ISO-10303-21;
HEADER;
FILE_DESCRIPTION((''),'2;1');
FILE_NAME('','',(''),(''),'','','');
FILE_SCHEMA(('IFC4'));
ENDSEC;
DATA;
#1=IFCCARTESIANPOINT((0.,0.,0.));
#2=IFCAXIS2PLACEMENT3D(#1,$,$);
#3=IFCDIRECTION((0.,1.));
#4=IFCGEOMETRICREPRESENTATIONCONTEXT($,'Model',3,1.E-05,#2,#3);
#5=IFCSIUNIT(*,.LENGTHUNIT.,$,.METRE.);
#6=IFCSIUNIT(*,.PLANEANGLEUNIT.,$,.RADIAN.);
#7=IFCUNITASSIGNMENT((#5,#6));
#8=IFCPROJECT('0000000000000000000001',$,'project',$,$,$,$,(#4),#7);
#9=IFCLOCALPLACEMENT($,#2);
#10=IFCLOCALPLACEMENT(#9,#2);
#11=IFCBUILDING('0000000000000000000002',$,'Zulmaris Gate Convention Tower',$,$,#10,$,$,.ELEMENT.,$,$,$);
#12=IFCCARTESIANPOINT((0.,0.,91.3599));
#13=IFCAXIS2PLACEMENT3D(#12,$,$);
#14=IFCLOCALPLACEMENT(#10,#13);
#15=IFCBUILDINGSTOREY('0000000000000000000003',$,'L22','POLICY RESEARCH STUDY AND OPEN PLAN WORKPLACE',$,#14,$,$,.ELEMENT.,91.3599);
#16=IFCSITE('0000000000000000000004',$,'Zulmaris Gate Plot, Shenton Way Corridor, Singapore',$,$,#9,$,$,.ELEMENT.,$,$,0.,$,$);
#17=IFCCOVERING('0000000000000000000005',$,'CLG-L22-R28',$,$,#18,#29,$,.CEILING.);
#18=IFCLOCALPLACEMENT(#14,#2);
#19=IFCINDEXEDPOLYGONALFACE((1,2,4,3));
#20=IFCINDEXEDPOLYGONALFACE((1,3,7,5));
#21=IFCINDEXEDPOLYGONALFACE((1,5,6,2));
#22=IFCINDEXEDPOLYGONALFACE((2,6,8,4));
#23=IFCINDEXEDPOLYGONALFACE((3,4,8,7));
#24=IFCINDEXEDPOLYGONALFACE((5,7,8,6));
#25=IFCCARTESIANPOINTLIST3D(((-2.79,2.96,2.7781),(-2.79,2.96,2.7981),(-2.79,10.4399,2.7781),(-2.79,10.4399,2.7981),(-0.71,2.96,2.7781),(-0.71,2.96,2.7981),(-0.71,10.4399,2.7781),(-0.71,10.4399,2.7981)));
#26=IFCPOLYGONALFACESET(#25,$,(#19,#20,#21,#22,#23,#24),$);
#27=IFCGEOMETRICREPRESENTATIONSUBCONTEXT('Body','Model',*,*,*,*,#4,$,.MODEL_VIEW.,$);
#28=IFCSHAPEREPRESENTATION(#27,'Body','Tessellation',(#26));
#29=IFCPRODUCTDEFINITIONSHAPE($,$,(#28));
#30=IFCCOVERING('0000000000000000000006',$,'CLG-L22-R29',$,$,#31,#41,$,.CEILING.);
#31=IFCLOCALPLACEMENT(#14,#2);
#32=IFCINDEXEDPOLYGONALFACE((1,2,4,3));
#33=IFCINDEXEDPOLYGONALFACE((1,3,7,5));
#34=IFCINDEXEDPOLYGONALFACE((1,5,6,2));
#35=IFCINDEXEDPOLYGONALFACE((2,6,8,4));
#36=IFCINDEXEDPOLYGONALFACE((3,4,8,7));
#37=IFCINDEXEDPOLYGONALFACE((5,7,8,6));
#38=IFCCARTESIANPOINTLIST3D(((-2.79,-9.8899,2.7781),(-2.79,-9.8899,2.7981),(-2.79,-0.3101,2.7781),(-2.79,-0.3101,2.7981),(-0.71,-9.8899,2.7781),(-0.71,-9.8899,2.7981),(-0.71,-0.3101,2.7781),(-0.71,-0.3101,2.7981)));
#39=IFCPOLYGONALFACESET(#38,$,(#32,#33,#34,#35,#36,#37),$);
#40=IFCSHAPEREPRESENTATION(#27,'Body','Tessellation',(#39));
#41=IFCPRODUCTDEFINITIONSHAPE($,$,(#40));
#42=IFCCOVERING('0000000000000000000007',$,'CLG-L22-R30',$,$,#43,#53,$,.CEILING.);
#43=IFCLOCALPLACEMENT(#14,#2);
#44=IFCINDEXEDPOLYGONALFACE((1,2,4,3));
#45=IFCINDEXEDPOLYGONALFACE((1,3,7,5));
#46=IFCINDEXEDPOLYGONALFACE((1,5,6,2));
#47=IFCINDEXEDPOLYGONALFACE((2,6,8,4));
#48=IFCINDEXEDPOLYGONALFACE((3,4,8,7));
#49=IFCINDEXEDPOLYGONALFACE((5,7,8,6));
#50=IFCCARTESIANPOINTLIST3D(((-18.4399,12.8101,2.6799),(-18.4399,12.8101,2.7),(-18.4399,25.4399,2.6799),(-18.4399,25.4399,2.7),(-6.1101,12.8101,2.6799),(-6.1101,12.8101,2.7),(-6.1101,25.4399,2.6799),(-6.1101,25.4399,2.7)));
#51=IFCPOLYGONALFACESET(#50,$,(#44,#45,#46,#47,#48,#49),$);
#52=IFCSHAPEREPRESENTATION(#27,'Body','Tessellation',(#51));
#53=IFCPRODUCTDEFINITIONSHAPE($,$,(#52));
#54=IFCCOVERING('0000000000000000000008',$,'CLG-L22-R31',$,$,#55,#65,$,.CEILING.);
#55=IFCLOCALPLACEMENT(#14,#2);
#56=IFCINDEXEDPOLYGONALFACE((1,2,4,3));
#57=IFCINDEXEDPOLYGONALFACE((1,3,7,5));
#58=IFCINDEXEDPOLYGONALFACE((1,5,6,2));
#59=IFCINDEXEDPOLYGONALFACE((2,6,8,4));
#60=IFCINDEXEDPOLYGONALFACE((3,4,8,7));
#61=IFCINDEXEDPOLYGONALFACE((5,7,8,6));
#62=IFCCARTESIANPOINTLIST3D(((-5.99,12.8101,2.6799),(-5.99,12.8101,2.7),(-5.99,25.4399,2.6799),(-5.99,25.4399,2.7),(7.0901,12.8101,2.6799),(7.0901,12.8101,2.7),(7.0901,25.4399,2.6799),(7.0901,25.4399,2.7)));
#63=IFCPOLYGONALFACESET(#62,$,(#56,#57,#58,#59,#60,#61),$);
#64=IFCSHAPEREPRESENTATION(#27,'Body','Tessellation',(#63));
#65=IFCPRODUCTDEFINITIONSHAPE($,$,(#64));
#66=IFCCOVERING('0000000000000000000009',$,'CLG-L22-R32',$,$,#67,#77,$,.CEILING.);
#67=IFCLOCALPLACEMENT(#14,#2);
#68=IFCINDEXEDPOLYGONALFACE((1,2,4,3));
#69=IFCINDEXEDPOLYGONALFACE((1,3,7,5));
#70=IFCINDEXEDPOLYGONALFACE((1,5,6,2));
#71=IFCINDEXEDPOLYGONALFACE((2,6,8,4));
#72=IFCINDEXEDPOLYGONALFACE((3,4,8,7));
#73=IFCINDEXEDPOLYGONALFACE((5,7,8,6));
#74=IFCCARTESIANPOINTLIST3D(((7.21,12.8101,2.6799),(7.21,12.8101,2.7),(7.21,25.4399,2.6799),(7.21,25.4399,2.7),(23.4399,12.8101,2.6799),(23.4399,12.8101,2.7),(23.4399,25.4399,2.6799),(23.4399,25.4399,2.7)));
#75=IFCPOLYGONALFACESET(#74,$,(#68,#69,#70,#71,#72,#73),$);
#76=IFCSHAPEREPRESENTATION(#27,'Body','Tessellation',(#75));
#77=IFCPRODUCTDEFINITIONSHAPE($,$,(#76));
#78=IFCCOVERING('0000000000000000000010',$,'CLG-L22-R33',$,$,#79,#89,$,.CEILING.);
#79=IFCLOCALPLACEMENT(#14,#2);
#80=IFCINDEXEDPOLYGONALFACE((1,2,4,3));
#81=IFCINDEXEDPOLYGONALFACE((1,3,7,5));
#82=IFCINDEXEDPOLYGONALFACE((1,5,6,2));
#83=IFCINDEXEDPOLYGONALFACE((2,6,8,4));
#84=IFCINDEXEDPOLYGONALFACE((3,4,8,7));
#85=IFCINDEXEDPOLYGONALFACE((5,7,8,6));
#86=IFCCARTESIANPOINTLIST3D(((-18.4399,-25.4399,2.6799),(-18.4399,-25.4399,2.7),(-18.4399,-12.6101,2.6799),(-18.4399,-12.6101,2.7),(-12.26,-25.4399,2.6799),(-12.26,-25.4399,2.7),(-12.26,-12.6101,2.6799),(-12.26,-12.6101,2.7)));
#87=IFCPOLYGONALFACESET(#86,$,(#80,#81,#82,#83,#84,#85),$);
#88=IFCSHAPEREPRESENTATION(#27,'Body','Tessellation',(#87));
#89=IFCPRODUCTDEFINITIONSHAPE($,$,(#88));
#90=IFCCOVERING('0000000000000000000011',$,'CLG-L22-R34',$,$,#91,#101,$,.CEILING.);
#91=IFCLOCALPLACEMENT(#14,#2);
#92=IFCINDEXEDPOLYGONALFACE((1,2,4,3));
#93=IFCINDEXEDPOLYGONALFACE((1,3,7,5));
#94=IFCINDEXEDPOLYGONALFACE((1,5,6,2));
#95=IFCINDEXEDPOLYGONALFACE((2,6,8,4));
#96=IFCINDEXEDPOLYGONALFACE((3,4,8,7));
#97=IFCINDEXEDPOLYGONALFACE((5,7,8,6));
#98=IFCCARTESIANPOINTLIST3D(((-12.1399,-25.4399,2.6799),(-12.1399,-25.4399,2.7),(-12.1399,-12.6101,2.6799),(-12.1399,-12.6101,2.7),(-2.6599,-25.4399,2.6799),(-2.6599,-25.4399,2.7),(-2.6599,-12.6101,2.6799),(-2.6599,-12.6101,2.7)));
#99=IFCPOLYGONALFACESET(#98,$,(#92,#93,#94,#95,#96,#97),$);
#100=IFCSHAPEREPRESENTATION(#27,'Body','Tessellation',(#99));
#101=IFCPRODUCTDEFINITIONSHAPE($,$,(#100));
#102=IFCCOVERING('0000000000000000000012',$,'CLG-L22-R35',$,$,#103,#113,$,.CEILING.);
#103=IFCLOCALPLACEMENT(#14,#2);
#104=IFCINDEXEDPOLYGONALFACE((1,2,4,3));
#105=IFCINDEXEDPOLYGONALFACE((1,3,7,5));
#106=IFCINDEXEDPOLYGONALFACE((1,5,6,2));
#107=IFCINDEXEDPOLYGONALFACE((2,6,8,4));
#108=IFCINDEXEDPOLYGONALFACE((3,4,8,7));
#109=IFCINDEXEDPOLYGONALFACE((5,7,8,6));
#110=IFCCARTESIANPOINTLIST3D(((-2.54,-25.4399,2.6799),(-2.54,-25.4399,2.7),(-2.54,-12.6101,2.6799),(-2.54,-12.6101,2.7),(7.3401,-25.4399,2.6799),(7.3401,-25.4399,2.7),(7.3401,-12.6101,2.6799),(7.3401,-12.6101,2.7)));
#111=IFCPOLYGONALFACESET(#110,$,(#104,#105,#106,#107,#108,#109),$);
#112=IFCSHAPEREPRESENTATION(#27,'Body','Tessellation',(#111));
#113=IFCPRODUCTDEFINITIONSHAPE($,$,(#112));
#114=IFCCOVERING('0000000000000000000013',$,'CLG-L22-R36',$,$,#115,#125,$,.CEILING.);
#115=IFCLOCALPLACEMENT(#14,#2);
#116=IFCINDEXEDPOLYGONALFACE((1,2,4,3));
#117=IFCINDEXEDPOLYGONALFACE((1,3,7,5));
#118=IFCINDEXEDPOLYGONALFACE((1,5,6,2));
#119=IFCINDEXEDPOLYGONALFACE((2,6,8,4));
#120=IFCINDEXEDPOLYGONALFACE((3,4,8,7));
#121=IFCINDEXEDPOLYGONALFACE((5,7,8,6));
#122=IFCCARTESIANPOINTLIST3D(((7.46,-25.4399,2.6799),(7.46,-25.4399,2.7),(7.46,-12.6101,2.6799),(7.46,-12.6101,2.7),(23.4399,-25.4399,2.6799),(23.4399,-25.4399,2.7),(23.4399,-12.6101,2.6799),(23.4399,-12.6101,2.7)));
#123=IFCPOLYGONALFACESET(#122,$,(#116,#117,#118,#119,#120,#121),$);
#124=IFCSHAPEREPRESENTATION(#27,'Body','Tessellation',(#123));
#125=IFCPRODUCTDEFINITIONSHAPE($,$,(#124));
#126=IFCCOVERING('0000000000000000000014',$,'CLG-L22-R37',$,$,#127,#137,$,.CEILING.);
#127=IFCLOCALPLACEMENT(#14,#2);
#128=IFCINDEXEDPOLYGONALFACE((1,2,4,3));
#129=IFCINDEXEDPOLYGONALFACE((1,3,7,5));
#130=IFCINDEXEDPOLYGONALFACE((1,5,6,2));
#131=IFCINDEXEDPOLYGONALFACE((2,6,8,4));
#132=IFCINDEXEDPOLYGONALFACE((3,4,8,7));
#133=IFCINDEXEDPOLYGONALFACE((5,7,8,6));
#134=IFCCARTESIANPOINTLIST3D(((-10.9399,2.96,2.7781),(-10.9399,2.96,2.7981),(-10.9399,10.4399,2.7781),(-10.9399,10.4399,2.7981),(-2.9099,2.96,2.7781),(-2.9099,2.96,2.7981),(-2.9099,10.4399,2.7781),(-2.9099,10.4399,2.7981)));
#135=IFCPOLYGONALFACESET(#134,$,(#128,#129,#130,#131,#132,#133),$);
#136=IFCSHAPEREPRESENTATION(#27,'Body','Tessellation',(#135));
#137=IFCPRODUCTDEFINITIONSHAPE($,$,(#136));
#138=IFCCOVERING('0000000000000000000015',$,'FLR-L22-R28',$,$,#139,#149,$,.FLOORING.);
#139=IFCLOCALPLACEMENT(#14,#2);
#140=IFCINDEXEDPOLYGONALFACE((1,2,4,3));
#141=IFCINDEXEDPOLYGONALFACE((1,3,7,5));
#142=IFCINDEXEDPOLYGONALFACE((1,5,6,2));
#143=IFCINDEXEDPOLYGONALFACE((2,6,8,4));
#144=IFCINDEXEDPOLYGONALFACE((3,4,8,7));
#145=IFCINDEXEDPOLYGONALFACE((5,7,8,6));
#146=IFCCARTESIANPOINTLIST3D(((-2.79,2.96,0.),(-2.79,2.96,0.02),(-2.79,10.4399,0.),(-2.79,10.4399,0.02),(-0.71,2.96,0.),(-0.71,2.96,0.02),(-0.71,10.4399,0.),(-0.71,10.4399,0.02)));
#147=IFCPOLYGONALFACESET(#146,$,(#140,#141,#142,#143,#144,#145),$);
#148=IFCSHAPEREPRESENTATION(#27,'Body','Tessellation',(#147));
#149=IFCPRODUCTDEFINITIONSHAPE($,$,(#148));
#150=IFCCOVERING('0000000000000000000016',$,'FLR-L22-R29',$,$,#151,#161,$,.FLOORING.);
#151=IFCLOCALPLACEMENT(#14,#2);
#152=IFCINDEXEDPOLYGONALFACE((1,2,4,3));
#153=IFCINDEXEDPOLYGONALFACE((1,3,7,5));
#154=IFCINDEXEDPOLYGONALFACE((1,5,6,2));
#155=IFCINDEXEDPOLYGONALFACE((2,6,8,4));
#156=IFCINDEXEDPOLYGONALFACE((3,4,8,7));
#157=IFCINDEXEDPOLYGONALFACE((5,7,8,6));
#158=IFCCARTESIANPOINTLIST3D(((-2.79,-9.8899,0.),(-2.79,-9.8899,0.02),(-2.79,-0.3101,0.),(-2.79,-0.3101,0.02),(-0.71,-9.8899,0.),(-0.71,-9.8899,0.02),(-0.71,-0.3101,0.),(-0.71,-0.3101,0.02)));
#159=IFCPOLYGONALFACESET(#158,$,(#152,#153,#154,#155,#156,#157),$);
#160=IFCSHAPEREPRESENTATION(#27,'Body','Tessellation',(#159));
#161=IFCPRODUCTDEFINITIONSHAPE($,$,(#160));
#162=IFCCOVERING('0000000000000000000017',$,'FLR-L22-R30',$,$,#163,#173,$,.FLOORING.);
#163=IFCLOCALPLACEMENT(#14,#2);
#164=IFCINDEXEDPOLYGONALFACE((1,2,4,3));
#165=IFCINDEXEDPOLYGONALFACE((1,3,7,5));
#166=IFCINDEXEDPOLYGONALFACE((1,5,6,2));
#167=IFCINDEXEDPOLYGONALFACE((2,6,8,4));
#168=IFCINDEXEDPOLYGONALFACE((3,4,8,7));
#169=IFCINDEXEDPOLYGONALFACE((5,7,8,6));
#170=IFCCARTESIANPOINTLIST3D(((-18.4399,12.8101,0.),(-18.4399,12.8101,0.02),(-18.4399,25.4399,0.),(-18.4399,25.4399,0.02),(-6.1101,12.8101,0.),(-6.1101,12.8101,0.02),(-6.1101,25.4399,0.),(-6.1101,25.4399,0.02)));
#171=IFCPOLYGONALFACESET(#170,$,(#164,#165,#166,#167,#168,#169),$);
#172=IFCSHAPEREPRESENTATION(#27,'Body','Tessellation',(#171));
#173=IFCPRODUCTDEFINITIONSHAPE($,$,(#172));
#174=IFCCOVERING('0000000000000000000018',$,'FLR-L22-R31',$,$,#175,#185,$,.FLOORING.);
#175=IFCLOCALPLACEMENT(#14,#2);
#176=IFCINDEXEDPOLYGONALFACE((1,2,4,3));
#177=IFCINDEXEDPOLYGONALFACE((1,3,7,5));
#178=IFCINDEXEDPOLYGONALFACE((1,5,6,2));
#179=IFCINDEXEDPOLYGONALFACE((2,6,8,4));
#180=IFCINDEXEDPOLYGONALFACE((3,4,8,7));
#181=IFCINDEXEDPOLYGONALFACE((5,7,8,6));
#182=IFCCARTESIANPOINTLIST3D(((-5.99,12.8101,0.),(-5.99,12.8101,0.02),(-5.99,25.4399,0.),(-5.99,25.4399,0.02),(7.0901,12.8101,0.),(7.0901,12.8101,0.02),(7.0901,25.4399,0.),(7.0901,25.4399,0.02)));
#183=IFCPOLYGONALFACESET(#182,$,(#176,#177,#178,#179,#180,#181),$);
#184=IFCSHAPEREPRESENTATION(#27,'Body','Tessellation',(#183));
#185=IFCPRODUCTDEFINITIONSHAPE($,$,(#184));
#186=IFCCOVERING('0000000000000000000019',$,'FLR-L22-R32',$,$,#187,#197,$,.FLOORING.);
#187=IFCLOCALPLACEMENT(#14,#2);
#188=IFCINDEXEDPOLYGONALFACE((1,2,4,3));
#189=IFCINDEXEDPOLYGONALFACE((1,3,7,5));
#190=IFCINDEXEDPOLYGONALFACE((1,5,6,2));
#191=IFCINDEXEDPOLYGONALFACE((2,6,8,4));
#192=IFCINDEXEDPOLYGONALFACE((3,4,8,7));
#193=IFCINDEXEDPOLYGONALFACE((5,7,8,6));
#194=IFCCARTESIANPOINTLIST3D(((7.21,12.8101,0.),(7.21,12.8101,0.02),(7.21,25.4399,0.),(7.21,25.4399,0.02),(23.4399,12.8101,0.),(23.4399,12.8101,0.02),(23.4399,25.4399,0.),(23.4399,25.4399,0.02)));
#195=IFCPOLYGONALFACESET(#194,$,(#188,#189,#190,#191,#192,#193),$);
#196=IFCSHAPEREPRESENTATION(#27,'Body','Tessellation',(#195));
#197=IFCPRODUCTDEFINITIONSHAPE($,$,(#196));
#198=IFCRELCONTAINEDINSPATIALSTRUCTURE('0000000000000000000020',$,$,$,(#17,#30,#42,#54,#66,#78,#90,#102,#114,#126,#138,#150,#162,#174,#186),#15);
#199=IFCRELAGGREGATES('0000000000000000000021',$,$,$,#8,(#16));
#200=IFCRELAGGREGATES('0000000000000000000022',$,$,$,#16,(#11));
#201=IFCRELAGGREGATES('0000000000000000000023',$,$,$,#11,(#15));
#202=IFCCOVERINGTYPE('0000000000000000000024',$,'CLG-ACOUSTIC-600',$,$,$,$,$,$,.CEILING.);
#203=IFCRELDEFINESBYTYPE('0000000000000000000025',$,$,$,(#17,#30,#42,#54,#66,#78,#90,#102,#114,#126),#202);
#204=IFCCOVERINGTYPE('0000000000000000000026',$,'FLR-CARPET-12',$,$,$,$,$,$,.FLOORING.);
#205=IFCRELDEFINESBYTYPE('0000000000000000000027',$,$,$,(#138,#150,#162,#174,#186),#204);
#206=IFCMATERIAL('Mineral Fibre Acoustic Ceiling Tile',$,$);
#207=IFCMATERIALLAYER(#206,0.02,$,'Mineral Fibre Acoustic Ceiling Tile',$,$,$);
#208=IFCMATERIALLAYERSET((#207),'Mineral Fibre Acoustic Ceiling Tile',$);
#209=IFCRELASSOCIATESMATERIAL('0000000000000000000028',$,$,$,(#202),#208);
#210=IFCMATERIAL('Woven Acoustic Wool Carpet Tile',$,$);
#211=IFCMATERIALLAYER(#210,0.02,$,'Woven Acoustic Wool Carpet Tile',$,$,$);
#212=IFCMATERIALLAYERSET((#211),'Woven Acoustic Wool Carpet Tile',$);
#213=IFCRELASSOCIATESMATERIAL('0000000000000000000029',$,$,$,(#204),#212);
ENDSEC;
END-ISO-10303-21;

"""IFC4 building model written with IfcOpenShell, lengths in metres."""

from ifc_helpers import new_model, si_unit, direction, frame, origin, place, context, subcontext, project, spatial, polyline, outline, extrude, material, layer, layer_set, type_object, element, save


model = new_model("IFC4")

# Units and contexts
model_context = context("Model", 3, precision=1e-05, world=origin(), true_north=direction((0.0, 1.0)))
body_context = subcontext(model_context, "Body", "Model", "MODEL_VIEW")
ifc_project = project(units=[si_unit("LENGTHUNIT", "METRE"), si_unit("PLANEANGLEUNIT", "RADIAN")], contexts=[model_context])

# Site, building, storey
site_placement = place(None, origin())
site = spatial("IfcSite", under=ifc_project, at=site_placement, Name="Zulmaris Gate Plot, Shenton Way Corridor, Singapore", CompositionType="ELEMENT", RefElevation=0.0)
building_placement = place(site_placement, origin())
building = spatial("IfcBuilding", under=site, at=building_placement, Name="Zulmaris Gate Convention Tower", CompositionType="ELEMENT")
storey_placement = place(building_placement, frame((0.0, 0.0, 91.3599)))
storey = spatial("IfcBuildingStorey", under=building, at=storey_placement, Name="L22", Description="POLICY RESEARCH STUDY AND OPEN PLAN WORKPLACE", CompositionType="ELEMENT", Elevation=91.3599)

# Coverings
ifc_material_1 = material(Name="Mineral Fibre Acoustic Ceiling Tile")
ifc_layer_1 = layer(ifc_material_1, 0.02, Name="Mineral Fibre Acoustic Ceiling Tile")
ifc_layer_set_1 = layer_set([ifc_layer_1], Name="Mineral Fibre Acoustic Ceiling Tile")
covering_type_1 = type_object("IfcCoveringType", Name="CLG-ACOUSTIC-600", PredefinedType="CEILING", material=ifc_layer_set_1)
covering_1_placement = place(storey_placement, frame((0.0, 0.0, 2.7781)))
element("IfcCovering", 1, at=covering_1_placement, inside=storey, type_object=covering_type_1, Name="CLG-L22-R28", PredefinedType="CEILING", context=body_context, shape_type="SweptSolid", body=[
    extrude(outline(polyline([(-2.79, 2.96), (-0.71, 2.96), (-0.71, 10.4399), (-2.79, 10.4399), (-2.79, 2.96)])), origin(), (0.0, 0.0, 1.0), 0.02),
])
covering_2_placement = place(storey_placement, frame((0.0, 0.0, 2.7781)))
element("IfcCovering", 2, at=covering_2_placement, inside=storey, type_object=covering_type_1, Name="CLG-L22-R29", PredefinedType="CEILING", context=body_context, shape_type="SweptSolid", body=[
    extrude(outline(polyline([(-2.79, -9.8899), (-0.71, -9.8899), (-0.71, -0.3101), (-2.79, -0.3101), (-2.79, -9.8899)])), origin(), (0.0, 0.0, 1.0), 0.02),
])
covering_3_placement = place(storey_placement, frame((0.0, 0.0, 2.6799)))
element("IfcCovering", 3, at=covering_3_placement, inside=storey, type_object=covering_type_1, Name="CLG-L22-R30", PredefinedType="CEILING", context=body_context, shape_type="SweptSolid", body=[
    extrude(outline(polyline([(-18.4399, 12.8101), (-6.1101, 12.8101), (-6.1101, 25.4399), (-18.4399, 25.4399), (-18.4399, 12.8101)])), origin(), (0.0, 0.0, 1.0), 0.02),
])
covering_4_placement = place(storey_placement, frame((0.0, 0.0, 2.6799)))
element("IfcCovering", 4, at=covering_4_placement, inside=storey, type_object=covering_type_1, Name="CLG-L22-R31", PredefinedType="CEILING", context=body_context, shape_type="SweptSolid", body=[
    extrude(outline(polyline([(-5.99, 12.8101), (7.0901, 12.8101), (7.0901, 25.4399), (-5.99, 25.4399), (-5.99, 12.8101)])), origin(), (0.0, 0.0, 1.0), 0.02),
])
covering_5_placement = place(storey_placement, frame((0.0, 0.0, 2.6799)))
element("IfcCovering", 5, at=covering_5_placement, inside=storey, type_object=covering_type_1, Name="CLG-L22-R32", PredefinedType="CEILING", context=body_context, shape_type="SweptSolid", body=[
    extrude(outline(polyline([(7.21, 12.8101), (23.4399, 12.8101), (23.4399, 25.4399), (7.21, 25.4399), (7.21, 12.8101)])), origin(), (0.0, 0.0, 1.0), 0.02),
])
covering_6_placement = place(storey_placement, frame((0.0, 0.0, 2.6799)))
element("IfcCovering", 6, at=covering_6_placement, inside=storey, type_object=covering_type_1, Name="CLG-L22-R33", PredefinedType="CEILING", context=body_context, shape_type="SweptSolid", body=[
    extrude(outline(polyline([(-18.4399, -25.4399), (-12.26, -25.4399), (-12.26, -12.6101), (-18.4399, -12.6101), (-18.4399, -25.4399)])), origin(), (0.0, 0.0, 1.0), 0.02),
])
covering_7_placement = place(storey_placement, frame((0.0, 0.0, 2.6799)))
element("IfcCovering", 7, at=covering_7_placement, inside=storey, type_object=covering_type_1, Name="CLG-L22-R34", PredefinedType="CEILING", context=body_context, shape_type="SweptSolid", body=[
    extrude(outline(polyline([(-12.1399, -25.4399), (-2.6599, -25.4399), (-2.6599, -12.6101), (-12.1399, -12.6101), (-12.1399, -25.4399)])), origin(), (0.0, 0.0, 1.0), 0.02),
])
covering_8_placement = place(storey_placement, frame((0.0, 0.0, 2.6799)))
element("IfcCovering", 8, at=covering_8_placement, inside=storey, type_object=covering_type_1, Name="CLG-L22-R35", PredefinedType="CEILING", context=body_context, shape_type="SweptSolid", body=[
    extrude(outline(polyline([(-2.54, -25.4399), (7.3401, -25.4399), (7.3401, -12.6101), (-2.54, -12.6101), (-2.54, -25.4399)])), origin(), (0.0, 0.0, 1.0), 0.02),
])
covering_9_placement = place(storey_placement, frame((0.0, 0.0, 2.6799)))
element("IfcCovering", 9, at=covering_9_placement, inside=storey, type_object=covering_type_1, Name="CLG-L22-R36", PredefinedType="CEILING", context=body_context, shape_type="SweptSolid", body=[
    extrude(outline(polyline([(7.46, -25.4399), (23.4399, -25.4399), (23.4399, -12.6101), (7.46, -12.6101), (7.46, -25.4399)])), origin(), (0.0, 0.0, 1.0), 0.02),
])
covering_10_placement = place(storey_placement, frame((0.0, 0.0, 2.7781)))
element("IfcCovering", 10, at=covering_10_placement, inside=storey, type_object=covering_type_1, Name="CLG-L22-R37", PredefinedType="CEILING", context=body_context, shape_type="SweptSolid", body=[
    extrude(outline(polyline([(-10.9399, 2.96), (-2.9099, 2.96), (-2.9099, 10.4399), (-10.9399, 10.4399), (-10.9399, 2.96)])), origin(), (0.0, 0.0, 1.0), 0.02),
])
ifc_material_2 = material(Name="Woven Acoustic Wool Carpet Tile")
ifc_layer_2 = layer(ifc_material_2, 0.02, Name="Woven Acoustic Wool Carpet Tile")
ifc_layer_set_2 = layer_set([ifc_layer_2], Name="Woven Acoustic Wool Carpet Tile")
covering_type_2 = type_object("IfcCoveringType", Name="FLR-CARPET-12", PredefinedType="FLOORING", material=ifc_layer_set_2)
covering_11_placement = place(storey_placement, origin())
element("IfcCovering", 11, at=covering_11_placement, inside=storey, type_object=covering_type_2, Name="FLR-L22-R28", PredefinedType="FLOORING", context=body_context, shape_type="SweptSolid", body=[
    extrude(outline(polyline([(-2.79, 2.96), (-0.71, 2.96), (-0.71, 10.4399), (-2.79, 10.4399), (-2.79, 2.96)])), origin(), (0.0, 0.0, 1.0), 0.02),
])
covering_12_placement = place(storey_placement, origin())
element("IfcCovering", 12, at=covering_12_placement, inside=storey, type_object=covering_type_2, Name="FLR-L22-R29", PredefinedType="FLOORING", context=body_context, shape_type="SweptSolid", body=[
    extrude(outline(polyline([(-2.79, -9.8899), (-0.71, -9.8899), (-0.71, -0.3101), (-2.79, -0.3101), (-2.79, -9.8899)])), origin(), (0.0, 0.0, 1.0), 0.02),
])
covering_13_placement = place(storey_placement, origin())
element("IfcCovering", 13, at=covering_13_placement, inside=storey, type_object=covering_type_2, Name="FLR-L22-R30", PredefinedType="FLOORING", context=body_context, shape_type="SweptSolid", body=[
    extrude(outline(polyline([(-18.4399, 12.8101), (-6.1101, 12.8101), (-6.1101, 25.4399), (-18.4399, 25.4399), (-18.4399, 12.8101)])), origin(), (0.0, 0.0, 1.0), 0.02),
])
covering_14_placement = place(storey_placement, origin())
element("IfcCovering", 14, at=covering_14_placement, inside=storey, type_object=covering_type_2, Name="FLR-L22-R31", PredefinedType="FLOORING", context=body_context, shape_type="SweptSolid", body=[
    extrude(outline(polyline([(-5.99, 12.8101), (7.0901, 12.8101), (7.0901, 25.4399), (-5.99, 25.4399), (-5.99, 12.8101)])), origin(), (0.0, 0.0, 1.0), 0.02),
])
covering_15_placement = place(storey_placement, origin())
element("IfcCovering", 15, at=covering_15_placement, inside=storey, type_object=covering_type_2, Name="FLR-L22-R32", PredefinedType="FLOORING", context=body_context, shape_type="SweptSolid", body=[
    extrude(outline(polyline([(7.21, 12.8101), (23.4399, 12.8101), (23.4399, 25.4399), (7.21, 25.4399), (7.21, 12.8101)])), origin(), (0.0, 0.0, 1.0), 0.02),
])

save(model, "model.ifc")
